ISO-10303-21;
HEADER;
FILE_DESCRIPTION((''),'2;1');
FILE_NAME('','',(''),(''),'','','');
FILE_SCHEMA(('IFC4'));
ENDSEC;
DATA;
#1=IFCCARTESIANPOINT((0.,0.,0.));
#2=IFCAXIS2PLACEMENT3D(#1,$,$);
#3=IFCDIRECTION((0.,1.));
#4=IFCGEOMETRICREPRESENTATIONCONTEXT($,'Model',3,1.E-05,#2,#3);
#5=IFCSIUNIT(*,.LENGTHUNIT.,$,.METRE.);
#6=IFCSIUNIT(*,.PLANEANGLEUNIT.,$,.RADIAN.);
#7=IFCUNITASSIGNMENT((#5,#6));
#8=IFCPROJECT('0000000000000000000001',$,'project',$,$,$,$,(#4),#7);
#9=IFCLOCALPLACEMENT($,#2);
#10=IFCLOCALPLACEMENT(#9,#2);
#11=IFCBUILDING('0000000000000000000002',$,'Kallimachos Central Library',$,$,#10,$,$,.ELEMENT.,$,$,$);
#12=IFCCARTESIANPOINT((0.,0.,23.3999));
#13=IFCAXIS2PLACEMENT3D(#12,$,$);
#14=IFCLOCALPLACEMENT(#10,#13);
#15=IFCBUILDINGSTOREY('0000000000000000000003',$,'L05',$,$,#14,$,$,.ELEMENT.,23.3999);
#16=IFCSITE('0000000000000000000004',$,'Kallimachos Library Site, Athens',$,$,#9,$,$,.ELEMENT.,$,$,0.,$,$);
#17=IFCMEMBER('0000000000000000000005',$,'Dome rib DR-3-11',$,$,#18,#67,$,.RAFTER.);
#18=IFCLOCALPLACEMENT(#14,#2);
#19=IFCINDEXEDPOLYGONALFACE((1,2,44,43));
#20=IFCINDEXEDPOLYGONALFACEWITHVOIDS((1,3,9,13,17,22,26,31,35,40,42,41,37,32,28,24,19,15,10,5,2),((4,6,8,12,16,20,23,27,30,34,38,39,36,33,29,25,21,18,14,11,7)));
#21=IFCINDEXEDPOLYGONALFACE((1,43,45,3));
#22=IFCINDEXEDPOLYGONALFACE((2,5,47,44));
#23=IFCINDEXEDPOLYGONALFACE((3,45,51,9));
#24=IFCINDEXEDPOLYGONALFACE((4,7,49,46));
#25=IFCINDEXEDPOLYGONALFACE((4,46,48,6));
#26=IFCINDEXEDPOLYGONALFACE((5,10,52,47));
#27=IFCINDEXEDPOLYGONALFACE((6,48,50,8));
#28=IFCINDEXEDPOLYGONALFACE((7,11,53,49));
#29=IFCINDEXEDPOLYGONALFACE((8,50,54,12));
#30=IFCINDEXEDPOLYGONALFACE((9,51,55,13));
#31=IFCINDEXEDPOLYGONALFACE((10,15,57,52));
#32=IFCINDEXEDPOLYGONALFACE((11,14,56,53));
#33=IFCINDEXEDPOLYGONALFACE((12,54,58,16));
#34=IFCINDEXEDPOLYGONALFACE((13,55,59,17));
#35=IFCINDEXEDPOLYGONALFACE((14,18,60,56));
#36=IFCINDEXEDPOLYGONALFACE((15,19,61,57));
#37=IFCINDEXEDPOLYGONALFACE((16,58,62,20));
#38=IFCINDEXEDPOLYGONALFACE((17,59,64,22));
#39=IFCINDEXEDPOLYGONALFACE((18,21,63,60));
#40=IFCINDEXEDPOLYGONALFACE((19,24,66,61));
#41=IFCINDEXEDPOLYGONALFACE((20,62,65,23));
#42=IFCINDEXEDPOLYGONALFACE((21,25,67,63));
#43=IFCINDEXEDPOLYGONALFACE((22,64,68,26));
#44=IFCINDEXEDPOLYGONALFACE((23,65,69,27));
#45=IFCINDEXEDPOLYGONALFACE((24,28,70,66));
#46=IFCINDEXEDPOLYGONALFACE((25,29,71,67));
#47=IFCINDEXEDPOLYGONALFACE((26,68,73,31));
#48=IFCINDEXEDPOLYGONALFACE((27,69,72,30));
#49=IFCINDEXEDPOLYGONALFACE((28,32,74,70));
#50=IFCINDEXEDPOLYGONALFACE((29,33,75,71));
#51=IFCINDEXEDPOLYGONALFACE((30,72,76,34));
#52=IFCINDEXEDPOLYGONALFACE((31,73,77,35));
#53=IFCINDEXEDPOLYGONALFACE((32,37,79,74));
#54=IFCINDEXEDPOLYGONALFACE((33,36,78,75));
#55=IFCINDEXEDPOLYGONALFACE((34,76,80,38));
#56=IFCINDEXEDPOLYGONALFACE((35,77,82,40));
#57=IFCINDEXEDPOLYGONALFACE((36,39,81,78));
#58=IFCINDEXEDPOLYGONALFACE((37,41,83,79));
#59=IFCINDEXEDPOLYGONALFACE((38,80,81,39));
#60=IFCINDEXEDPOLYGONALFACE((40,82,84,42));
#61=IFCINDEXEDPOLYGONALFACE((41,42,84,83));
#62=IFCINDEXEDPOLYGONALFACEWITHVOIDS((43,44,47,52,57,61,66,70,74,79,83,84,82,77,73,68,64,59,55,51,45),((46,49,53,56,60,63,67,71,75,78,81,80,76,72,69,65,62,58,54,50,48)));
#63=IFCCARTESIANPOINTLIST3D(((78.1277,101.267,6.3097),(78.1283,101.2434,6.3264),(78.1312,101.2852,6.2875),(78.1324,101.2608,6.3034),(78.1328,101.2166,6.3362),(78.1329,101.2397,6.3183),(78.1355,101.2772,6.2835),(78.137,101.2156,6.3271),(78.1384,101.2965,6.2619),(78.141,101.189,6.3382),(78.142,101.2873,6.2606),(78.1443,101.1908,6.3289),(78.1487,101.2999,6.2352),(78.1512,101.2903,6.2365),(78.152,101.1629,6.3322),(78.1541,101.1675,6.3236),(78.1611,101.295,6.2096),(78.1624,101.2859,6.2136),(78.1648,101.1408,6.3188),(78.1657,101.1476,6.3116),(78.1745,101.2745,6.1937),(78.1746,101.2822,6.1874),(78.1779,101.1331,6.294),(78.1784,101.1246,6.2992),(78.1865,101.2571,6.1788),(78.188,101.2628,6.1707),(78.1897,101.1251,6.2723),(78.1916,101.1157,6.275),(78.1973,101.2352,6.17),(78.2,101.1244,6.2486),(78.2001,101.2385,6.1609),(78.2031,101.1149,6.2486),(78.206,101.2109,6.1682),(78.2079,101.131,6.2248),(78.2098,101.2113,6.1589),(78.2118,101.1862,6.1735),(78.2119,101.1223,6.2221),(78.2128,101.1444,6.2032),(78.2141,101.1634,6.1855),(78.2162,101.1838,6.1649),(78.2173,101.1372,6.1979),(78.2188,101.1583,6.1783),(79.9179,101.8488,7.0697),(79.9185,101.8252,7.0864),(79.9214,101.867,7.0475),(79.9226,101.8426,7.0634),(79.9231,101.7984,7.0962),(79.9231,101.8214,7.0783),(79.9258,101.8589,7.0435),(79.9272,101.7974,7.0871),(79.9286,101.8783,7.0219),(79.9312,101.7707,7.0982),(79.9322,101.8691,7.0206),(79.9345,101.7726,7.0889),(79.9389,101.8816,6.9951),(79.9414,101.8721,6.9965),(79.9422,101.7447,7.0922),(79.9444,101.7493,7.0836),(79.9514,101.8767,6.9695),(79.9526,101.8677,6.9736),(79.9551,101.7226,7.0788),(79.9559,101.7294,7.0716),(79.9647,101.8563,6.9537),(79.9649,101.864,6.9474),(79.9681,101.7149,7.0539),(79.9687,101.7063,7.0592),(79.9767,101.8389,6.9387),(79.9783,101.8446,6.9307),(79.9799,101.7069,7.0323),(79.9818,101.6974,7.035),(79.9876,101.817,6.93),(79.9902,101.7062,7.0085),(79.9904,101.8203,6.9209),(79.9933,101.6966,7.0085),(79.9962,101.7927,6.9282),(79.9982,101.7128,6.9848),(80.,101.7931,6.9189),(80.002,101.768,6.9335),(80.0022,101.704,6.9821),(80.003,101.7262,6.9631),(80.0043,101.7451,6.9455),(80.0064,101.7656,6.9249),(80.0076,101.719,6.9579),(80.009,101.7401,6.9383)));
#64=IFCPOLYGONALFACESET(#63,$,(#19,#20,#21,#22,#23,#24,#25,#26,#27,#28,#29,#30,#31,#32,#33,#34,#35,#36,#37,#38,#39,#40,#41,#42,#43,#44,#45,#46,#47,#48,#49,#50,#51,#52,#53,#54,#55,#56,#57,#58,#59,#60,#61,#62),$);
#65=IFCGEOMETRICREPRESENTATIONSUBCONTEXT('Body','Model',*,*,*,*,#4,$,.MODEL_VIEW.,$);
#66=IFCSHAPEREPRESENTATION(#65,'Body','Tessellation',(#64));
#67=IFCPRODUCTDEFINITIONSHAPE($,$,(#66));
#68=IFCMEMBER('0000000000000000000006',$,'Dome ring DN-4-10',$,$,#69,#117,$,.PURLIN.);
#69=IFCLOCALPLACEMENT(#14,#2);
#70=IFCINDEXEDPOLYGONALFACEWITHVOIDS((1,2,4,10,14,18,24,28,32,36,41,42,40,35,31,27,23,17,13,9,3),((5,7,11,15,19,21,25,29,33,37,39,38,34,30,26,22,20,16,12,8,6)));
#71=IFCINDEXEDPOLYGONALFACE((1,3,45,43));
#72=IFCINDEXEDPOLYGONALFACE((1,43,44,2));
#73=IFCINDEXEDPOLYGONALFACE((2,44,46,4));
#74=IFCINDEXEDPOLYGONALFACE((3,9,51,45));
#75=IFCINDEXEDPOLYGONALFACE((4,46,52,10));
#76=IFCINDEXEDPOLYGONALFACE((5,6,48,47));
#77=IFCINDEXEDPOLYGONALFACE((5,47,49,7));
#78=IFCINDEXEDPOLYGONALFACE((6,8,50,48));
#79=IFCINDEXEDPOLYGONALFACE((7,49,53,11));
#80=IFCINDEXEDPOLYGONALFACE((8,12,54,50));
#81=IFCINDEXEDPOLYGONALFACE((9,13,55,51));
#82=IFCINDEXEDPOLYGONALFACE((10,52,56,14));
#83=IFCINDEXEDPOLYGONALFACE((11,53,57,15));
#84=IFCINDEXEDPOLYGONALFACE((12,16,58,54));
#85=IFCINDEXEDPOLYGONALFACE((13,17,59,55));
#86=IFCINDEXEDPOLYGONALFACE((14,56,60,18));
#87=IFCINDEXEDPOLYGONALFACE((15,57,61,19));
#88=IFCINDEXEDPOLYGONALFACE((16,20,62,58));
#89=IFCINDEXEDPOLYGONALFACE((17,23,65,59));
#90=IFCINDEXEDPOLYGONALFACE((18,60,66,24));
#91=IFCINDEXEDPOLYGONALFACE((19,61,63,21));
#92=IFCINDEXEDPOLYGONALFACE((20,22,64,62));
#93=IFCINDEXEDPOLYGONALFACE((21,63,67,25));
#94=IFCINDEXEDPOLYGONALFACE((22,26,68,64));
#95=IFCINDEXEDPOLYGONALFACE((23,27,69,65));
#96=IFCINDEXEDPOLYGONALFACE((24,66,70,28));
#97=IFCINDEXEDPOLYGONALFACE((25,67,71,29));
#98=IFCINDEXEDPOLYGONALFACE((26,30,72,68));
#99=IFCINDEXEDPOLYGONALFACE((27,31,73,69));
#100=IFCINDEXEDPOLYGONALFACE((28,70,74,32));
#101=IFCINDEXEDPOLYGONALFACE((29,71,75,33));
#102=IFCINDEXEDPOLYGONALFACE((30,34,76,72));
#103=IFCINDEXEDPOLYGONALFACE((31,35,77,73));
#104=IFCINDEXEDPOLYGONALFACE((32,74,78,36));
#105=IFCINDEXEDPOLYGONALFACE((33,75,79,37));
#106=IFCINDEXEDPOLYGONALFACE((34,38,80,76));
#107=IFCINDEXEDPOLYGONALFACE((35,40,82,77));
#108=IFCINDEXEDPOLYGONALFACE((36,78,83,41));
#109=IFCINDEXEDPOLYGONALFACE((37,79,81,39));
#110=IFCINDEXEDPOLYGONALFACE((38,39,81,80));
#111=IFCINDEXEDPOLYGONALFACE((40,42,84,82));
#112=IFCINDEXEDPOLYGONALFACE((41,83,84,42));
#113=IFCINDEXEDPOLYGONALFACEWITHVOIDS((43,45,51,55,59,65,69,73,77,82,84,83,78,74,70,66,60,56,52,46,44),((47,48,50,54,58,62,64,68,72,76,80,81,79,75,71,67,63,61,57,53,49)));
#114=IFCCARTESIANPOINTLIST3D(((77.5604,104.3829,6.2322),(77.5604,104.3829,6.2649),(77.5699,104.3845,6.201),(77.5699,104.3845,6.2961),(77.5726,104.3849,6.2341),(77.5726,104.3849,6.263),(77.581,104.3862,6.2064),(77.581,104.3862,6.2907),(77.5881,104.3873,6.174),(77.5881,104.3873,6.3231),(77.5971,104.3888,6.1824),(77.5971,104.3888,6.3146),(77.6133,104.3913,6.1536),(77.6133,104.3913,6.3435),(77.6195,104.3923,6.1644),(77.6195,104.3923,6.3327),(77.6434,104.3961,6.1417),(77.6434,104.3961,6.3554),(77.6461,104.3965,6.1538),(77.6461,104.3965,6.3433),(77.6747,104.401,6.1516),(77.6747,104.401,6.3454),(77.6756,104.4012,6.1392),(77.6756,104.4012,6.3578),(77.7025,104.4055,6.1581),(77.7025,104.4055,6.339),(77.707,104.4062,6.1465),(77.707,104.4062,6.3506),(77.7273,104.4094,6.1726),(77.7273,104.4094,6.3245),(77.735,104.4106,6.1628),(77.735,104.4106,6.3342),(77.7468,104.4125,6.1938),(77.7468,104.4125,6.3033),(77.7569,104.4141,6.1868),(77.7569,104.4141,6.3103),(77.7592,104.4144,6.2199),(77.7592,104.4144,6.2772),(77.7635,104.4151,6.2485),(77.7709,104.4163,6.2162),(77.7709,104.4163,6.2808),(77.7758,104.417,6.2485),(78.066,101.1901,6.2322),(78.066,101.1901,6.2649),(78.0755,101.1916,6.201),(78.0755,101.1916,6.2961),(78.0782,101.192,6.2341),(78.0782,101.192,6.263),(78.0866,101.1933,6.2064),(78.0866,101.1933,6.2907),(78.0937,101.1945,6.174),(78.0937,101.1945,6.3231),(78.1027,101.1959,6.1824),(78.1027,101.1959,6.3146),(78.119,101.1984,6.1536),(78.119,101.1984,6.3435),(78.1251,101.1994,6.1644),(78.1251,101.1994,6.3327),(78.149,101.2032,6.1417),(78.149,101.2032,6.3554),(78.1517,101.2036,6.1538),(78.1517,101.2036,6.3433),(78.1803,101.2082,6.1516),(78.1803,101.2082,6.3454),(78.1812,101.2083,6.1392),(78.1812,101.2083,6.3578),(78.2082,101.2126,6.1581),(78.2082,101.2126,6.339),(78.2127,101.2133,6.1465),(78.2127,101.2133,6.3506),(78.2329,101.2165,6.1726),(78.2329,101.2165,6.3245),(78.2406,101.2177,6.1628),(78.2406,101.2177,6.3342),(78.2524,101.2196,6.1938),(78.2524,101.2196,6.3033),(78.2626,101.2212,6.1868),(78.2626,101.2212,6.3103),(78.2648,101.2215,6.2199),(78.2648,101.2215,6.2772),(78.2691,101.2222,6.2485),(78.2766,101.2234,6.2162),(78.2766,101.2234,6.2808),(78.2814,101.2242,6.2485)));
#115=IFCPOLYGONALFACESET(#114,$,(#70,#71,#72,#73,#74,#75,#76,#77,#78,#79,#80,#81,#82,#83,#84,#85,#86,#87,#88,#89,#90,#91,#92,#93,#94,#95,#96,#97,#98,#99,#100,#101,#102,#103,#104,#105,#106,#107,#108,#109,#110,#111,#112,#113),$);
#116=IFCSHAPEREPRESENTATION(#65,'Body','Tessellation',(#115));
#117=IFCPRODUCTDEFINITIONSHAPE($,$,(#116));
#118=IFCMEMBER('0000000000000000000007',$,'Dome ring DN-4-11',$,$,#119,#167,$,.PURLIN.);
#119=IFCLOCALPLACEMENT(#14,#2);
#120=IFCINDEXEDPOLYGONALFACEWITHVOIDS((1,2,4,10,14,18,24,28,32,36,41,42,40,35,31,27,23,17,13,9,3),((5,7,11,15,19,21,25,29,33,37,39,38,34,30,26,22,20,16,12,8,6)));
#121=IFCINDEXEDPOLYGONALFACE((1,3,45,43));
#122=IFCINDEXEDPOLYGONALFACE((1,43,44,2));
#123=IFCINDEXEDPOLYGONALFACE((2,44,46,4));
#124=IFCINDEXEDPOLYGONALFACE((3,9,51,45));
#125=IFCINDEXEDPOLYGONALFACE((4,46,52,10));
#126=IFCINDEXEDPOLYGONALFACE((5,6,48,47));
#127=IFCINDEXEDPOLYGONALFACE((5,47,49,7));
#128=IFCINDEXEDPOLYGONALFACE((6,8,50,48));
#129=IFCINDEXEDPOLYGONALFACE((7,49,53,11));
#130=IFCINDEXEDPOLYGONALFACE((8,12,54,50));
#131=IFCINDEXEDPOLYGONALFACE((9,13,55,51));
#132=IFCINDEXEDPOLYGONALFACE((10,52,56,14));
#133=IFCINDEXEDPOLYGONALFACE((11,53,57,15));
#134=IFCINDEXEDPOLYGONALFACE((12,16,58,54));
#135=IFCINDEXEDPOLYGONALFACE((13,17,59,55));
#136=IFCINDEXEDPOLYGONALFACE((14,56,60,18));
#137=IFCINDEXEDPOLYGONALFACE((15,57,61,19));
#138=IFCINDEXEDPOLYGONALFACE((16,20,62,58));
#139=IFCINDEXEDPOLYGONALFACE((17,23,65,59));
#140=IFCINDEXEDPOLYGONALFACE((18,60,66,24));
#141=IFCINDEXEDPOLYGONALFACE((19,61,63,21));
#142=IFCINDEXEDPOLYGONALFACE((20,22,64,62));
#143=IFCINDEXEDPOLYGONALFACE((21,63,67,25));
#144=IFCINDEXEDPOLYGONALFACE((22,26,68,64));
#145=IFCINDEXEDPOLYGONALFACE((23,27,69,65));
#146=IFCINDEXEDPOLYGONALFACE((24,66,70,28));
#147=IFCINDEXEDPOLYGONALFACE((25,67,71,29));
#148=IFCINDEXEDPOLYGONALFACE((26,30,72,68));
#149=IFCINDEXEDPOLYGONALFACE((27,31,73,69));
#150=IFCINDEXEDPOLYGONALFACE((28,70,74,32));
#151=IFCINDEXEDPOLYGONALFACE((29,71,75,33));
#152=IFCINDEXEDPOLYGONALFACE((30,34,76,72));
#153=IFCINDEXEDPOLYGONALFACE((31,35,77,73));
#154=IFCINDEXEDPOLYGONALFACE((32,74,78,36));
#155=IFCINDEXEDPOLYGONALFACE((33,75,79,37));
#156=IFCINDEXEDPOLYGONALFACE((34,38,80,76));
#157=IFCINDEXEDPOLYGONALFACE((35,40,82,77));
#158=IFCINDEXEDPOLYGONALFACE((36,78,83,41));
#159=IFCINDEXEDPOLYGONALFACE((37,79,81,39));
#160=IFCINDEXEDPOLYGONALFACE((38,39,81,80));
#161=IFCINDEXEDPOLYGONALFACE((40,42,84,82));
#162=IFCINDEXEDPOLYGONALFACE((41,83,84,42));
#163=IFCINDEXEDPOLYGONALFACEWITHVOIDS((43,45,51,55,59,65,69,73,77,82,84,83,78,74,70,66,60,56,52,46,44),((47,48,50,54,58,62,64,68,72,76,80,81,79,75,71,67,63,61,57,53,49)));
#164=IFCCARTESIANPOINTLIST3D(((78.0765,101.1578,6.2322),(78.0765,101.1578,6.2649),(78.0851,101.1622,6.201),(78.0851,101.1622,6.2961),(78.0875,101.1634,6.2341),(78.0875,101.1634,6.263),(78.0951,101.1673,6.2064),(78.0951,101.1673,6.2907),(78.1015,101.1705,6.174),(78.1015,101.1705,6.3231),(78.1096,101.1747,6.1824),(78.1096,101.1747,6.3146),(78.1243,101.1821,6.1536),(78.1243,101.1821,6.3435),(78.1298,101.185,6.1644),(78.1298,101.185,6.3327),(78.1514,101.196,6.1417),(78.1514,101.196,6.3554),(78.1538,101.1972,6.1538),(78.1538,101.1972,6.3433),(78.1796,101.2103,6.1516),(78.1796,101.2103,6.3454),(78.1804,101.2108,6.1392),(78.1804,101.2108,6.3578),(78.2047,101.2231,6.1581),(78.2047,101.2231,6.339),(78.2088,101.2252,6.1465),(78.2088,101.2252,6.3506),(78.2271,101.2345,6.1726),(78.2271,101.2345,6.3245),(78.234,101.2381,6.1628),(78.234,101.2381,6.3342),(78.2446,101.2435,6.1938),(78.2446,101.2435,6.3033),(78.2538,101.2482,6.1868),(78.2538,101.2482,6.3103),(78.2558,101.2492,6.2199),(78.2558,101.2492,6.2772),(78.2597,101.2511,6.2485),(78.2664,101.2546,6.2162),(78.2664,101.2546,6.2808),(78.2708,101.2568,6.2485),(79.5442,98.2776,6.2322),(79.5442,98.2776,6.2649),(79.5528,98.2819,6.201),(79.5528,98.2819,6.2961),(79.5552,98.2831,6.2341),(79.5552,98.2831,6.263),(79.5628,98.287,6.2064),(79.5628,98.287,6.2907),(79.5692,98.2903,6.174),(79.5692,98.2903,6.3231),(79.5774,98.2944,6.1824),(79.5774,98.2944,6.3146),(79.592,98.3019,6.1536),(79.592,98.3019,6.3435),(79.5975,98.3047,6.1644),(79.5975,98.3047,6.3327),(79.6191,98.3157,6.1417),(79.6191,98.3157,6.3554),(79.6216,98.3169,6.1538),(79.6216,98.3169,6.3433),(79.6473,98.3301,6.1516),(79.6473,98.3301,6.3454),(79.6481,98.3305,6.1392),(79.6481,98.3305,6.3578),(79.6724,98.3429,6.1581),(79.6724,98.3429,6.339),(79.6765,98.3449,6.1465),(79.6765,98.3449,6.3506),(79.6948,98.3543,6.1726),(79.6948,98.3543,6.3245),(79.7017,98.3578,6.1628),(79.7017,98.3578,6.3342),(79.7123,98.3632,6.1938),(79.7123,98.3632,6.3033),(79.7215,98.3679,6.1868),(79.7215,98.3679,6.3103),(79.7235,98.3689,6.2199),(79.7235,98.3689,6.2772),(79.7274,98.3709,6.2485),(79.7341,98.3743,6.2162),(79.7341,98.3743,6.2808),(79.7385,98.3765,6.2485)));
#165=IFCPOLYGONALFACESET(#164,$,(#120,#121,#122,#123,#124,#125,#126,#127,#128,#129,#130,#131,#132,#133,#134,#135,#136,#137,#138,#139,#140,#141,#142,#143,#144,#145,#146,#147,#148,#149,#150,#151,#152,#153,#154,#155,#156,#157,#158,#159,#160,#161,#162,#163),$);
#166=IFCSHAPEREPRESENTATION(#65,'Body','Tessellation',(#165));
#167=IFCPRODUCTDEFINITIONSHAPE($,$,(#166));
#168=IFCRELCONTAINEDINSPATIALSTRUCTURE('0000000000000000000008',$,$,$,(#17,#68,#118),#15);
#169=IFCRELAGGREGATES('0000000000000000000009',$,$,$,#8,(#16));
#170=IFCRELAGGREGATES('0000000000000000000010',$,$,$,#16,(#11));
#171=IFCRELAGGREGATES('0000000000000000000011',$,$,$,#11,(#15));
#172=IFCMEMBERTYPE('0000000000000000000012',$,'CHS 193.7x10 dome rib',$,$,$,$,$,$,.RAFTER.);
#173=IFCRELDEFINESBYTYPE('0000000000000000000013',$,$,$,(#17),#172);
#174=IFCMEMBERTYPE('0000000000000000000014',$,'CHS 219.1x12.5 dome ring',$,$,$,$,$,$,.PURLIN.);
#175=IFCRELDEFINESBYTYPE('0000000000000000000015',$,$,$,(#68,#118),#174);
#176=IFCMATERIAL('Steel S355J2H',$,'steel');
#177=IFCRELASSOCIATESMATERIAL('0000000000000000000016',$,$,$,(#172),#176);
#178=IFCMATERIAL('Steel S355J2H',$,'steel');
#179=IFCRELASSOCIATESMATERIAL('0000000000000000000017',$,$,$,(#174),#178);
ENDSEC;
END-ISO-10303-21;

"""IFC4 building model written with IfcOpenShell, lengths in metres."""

from ifc_helpers import new_model, si_unit, direction, frame, origin, origin_2d, place, context, subcontext, project, spatial, hollow_circle, extrude, material, material_profile, profile_set, type_object, element, save


model = new_model("IFC4")

# Units and contexts
model_context = context("Model", 3, precision=1e-05, world=origin(), true_north=direction((0.0, 1.0)))
body_context = subcontext(model_context, "Body", "Model", "MODEL_VIEW")
ifc_project = project(units=[si_unit("LENGTHUNIT", "METRE"), si_unit("PLANEANGLEUNIT", "RADIAN")], contexts=[model_context])

# Site, building, storey
site_placement = place(None, origin())
site = spatial("IfcSite", under=ifc_project, at=site_placement, Name="Kallimachos Library Site, Athens", CompositionType="ELEMENT", RefElevation=0.0)
building_placement = place(site_placement, origin())
building = spatial("IfcBuilding", under=site, at=building_placement, Name="Kallimachos Central Library", CompositionType="ELEMENT")
storey_placement = place(building_placement, frame((0.0, 0.0, 23.3999)))
storey = spatial("IfcBuildingStorey", under=building, at=storey_placement, Name="L05", CompositionType="ELEMENT", Elevation=23.3999)

# Members
ifc_material_1 = material(Name="Steel S355J2H", Category="steel")
ifc_material_profile_1 = material_profile(ifc_material_1, hollow_circle(Radius=0.0969, WallThickness=0.01, at=origin_2d()), Name="CHS 193.7x10")
ifc_profile_set_1 = profile_set([ifc_material_profile_1], Name="Steel S355J2H")
member_type_1 = type_object("IfcMemberType", Name="CHS 193.7x10 dome rib", PredefinedType="RAFTER", material=ifc_profile_set_1)
for number, where, z_axis, x_axis, name in (
    (1, (79.9634, 101.7888, 7.0085), (-0.88188, -0.286584, -0.374375), (0.30906, -0.951043, 0.0), "Dome rib DR-3-11"),
):
    element("IfcMember", number, at=place(storey_placement, frame(where, z_axis=z_axis, x_axis=x_axis)), inside=storey, type_object=member_type_1, Name=name, PredefinedType="RAFTER", context=body_context, shape_type="SweptSolid", body=[
        extrude(hollow_circle(Radius=0.0969, WallThickness=0.01, at=origin_2d()), origin(), (0.0, 0.0, 1.0), 2.03),
    ])
ifc_material_2 = material(Name="Steel S355J2H", Category="steel")
ifc_material_profile_2 = material_profile(ifc_material_2, hollow_circle(Radius=0.1096, WallThickness=0.0125, at=origin_2d()), Name="CHS 219.1x12.5")
ifc_profile_set_2 = profile_set([ifc_material_profile_2], Name="Steel S355J2H")
member_type_2 = type_object("IfcMemberType", Name="CHS 219.1x12.5 dome ring", PredefinedType="PURLIN", material=ifc_profile_set_2)
for number, where, z_axis, x_axis, name in (
    (2, (77.6675, 104.3999, 6.2485), (0.156409, -0.987692, 0.0), (0.987692, 0.156409, 0.0), "Dome ring DN-4-10"),
    (3, (78.1731, 101.207, 6.2485), (0.454028, -0.890988, 0.0), (0.890988, 0.454028, 0.0), "Dome ring DN-4-11"),
):
    element("IfcMember", number, at=place(storey_placement, frame(where, z_axis=z_axis, x_axis=x_axis)), inside=storey, type_object=member_type_2, Name=name, PredefinedType="PURLIN", context=body_context, shape_type="SweptSolid", body=[
        extrude(hollow_circle(Radius=0.1096, WallThickness=0.0125, at=origin_2d()), origin(), (0.0, 0.0, 1.0), 3.2327),
    ])

save(model, "model.ifc")
